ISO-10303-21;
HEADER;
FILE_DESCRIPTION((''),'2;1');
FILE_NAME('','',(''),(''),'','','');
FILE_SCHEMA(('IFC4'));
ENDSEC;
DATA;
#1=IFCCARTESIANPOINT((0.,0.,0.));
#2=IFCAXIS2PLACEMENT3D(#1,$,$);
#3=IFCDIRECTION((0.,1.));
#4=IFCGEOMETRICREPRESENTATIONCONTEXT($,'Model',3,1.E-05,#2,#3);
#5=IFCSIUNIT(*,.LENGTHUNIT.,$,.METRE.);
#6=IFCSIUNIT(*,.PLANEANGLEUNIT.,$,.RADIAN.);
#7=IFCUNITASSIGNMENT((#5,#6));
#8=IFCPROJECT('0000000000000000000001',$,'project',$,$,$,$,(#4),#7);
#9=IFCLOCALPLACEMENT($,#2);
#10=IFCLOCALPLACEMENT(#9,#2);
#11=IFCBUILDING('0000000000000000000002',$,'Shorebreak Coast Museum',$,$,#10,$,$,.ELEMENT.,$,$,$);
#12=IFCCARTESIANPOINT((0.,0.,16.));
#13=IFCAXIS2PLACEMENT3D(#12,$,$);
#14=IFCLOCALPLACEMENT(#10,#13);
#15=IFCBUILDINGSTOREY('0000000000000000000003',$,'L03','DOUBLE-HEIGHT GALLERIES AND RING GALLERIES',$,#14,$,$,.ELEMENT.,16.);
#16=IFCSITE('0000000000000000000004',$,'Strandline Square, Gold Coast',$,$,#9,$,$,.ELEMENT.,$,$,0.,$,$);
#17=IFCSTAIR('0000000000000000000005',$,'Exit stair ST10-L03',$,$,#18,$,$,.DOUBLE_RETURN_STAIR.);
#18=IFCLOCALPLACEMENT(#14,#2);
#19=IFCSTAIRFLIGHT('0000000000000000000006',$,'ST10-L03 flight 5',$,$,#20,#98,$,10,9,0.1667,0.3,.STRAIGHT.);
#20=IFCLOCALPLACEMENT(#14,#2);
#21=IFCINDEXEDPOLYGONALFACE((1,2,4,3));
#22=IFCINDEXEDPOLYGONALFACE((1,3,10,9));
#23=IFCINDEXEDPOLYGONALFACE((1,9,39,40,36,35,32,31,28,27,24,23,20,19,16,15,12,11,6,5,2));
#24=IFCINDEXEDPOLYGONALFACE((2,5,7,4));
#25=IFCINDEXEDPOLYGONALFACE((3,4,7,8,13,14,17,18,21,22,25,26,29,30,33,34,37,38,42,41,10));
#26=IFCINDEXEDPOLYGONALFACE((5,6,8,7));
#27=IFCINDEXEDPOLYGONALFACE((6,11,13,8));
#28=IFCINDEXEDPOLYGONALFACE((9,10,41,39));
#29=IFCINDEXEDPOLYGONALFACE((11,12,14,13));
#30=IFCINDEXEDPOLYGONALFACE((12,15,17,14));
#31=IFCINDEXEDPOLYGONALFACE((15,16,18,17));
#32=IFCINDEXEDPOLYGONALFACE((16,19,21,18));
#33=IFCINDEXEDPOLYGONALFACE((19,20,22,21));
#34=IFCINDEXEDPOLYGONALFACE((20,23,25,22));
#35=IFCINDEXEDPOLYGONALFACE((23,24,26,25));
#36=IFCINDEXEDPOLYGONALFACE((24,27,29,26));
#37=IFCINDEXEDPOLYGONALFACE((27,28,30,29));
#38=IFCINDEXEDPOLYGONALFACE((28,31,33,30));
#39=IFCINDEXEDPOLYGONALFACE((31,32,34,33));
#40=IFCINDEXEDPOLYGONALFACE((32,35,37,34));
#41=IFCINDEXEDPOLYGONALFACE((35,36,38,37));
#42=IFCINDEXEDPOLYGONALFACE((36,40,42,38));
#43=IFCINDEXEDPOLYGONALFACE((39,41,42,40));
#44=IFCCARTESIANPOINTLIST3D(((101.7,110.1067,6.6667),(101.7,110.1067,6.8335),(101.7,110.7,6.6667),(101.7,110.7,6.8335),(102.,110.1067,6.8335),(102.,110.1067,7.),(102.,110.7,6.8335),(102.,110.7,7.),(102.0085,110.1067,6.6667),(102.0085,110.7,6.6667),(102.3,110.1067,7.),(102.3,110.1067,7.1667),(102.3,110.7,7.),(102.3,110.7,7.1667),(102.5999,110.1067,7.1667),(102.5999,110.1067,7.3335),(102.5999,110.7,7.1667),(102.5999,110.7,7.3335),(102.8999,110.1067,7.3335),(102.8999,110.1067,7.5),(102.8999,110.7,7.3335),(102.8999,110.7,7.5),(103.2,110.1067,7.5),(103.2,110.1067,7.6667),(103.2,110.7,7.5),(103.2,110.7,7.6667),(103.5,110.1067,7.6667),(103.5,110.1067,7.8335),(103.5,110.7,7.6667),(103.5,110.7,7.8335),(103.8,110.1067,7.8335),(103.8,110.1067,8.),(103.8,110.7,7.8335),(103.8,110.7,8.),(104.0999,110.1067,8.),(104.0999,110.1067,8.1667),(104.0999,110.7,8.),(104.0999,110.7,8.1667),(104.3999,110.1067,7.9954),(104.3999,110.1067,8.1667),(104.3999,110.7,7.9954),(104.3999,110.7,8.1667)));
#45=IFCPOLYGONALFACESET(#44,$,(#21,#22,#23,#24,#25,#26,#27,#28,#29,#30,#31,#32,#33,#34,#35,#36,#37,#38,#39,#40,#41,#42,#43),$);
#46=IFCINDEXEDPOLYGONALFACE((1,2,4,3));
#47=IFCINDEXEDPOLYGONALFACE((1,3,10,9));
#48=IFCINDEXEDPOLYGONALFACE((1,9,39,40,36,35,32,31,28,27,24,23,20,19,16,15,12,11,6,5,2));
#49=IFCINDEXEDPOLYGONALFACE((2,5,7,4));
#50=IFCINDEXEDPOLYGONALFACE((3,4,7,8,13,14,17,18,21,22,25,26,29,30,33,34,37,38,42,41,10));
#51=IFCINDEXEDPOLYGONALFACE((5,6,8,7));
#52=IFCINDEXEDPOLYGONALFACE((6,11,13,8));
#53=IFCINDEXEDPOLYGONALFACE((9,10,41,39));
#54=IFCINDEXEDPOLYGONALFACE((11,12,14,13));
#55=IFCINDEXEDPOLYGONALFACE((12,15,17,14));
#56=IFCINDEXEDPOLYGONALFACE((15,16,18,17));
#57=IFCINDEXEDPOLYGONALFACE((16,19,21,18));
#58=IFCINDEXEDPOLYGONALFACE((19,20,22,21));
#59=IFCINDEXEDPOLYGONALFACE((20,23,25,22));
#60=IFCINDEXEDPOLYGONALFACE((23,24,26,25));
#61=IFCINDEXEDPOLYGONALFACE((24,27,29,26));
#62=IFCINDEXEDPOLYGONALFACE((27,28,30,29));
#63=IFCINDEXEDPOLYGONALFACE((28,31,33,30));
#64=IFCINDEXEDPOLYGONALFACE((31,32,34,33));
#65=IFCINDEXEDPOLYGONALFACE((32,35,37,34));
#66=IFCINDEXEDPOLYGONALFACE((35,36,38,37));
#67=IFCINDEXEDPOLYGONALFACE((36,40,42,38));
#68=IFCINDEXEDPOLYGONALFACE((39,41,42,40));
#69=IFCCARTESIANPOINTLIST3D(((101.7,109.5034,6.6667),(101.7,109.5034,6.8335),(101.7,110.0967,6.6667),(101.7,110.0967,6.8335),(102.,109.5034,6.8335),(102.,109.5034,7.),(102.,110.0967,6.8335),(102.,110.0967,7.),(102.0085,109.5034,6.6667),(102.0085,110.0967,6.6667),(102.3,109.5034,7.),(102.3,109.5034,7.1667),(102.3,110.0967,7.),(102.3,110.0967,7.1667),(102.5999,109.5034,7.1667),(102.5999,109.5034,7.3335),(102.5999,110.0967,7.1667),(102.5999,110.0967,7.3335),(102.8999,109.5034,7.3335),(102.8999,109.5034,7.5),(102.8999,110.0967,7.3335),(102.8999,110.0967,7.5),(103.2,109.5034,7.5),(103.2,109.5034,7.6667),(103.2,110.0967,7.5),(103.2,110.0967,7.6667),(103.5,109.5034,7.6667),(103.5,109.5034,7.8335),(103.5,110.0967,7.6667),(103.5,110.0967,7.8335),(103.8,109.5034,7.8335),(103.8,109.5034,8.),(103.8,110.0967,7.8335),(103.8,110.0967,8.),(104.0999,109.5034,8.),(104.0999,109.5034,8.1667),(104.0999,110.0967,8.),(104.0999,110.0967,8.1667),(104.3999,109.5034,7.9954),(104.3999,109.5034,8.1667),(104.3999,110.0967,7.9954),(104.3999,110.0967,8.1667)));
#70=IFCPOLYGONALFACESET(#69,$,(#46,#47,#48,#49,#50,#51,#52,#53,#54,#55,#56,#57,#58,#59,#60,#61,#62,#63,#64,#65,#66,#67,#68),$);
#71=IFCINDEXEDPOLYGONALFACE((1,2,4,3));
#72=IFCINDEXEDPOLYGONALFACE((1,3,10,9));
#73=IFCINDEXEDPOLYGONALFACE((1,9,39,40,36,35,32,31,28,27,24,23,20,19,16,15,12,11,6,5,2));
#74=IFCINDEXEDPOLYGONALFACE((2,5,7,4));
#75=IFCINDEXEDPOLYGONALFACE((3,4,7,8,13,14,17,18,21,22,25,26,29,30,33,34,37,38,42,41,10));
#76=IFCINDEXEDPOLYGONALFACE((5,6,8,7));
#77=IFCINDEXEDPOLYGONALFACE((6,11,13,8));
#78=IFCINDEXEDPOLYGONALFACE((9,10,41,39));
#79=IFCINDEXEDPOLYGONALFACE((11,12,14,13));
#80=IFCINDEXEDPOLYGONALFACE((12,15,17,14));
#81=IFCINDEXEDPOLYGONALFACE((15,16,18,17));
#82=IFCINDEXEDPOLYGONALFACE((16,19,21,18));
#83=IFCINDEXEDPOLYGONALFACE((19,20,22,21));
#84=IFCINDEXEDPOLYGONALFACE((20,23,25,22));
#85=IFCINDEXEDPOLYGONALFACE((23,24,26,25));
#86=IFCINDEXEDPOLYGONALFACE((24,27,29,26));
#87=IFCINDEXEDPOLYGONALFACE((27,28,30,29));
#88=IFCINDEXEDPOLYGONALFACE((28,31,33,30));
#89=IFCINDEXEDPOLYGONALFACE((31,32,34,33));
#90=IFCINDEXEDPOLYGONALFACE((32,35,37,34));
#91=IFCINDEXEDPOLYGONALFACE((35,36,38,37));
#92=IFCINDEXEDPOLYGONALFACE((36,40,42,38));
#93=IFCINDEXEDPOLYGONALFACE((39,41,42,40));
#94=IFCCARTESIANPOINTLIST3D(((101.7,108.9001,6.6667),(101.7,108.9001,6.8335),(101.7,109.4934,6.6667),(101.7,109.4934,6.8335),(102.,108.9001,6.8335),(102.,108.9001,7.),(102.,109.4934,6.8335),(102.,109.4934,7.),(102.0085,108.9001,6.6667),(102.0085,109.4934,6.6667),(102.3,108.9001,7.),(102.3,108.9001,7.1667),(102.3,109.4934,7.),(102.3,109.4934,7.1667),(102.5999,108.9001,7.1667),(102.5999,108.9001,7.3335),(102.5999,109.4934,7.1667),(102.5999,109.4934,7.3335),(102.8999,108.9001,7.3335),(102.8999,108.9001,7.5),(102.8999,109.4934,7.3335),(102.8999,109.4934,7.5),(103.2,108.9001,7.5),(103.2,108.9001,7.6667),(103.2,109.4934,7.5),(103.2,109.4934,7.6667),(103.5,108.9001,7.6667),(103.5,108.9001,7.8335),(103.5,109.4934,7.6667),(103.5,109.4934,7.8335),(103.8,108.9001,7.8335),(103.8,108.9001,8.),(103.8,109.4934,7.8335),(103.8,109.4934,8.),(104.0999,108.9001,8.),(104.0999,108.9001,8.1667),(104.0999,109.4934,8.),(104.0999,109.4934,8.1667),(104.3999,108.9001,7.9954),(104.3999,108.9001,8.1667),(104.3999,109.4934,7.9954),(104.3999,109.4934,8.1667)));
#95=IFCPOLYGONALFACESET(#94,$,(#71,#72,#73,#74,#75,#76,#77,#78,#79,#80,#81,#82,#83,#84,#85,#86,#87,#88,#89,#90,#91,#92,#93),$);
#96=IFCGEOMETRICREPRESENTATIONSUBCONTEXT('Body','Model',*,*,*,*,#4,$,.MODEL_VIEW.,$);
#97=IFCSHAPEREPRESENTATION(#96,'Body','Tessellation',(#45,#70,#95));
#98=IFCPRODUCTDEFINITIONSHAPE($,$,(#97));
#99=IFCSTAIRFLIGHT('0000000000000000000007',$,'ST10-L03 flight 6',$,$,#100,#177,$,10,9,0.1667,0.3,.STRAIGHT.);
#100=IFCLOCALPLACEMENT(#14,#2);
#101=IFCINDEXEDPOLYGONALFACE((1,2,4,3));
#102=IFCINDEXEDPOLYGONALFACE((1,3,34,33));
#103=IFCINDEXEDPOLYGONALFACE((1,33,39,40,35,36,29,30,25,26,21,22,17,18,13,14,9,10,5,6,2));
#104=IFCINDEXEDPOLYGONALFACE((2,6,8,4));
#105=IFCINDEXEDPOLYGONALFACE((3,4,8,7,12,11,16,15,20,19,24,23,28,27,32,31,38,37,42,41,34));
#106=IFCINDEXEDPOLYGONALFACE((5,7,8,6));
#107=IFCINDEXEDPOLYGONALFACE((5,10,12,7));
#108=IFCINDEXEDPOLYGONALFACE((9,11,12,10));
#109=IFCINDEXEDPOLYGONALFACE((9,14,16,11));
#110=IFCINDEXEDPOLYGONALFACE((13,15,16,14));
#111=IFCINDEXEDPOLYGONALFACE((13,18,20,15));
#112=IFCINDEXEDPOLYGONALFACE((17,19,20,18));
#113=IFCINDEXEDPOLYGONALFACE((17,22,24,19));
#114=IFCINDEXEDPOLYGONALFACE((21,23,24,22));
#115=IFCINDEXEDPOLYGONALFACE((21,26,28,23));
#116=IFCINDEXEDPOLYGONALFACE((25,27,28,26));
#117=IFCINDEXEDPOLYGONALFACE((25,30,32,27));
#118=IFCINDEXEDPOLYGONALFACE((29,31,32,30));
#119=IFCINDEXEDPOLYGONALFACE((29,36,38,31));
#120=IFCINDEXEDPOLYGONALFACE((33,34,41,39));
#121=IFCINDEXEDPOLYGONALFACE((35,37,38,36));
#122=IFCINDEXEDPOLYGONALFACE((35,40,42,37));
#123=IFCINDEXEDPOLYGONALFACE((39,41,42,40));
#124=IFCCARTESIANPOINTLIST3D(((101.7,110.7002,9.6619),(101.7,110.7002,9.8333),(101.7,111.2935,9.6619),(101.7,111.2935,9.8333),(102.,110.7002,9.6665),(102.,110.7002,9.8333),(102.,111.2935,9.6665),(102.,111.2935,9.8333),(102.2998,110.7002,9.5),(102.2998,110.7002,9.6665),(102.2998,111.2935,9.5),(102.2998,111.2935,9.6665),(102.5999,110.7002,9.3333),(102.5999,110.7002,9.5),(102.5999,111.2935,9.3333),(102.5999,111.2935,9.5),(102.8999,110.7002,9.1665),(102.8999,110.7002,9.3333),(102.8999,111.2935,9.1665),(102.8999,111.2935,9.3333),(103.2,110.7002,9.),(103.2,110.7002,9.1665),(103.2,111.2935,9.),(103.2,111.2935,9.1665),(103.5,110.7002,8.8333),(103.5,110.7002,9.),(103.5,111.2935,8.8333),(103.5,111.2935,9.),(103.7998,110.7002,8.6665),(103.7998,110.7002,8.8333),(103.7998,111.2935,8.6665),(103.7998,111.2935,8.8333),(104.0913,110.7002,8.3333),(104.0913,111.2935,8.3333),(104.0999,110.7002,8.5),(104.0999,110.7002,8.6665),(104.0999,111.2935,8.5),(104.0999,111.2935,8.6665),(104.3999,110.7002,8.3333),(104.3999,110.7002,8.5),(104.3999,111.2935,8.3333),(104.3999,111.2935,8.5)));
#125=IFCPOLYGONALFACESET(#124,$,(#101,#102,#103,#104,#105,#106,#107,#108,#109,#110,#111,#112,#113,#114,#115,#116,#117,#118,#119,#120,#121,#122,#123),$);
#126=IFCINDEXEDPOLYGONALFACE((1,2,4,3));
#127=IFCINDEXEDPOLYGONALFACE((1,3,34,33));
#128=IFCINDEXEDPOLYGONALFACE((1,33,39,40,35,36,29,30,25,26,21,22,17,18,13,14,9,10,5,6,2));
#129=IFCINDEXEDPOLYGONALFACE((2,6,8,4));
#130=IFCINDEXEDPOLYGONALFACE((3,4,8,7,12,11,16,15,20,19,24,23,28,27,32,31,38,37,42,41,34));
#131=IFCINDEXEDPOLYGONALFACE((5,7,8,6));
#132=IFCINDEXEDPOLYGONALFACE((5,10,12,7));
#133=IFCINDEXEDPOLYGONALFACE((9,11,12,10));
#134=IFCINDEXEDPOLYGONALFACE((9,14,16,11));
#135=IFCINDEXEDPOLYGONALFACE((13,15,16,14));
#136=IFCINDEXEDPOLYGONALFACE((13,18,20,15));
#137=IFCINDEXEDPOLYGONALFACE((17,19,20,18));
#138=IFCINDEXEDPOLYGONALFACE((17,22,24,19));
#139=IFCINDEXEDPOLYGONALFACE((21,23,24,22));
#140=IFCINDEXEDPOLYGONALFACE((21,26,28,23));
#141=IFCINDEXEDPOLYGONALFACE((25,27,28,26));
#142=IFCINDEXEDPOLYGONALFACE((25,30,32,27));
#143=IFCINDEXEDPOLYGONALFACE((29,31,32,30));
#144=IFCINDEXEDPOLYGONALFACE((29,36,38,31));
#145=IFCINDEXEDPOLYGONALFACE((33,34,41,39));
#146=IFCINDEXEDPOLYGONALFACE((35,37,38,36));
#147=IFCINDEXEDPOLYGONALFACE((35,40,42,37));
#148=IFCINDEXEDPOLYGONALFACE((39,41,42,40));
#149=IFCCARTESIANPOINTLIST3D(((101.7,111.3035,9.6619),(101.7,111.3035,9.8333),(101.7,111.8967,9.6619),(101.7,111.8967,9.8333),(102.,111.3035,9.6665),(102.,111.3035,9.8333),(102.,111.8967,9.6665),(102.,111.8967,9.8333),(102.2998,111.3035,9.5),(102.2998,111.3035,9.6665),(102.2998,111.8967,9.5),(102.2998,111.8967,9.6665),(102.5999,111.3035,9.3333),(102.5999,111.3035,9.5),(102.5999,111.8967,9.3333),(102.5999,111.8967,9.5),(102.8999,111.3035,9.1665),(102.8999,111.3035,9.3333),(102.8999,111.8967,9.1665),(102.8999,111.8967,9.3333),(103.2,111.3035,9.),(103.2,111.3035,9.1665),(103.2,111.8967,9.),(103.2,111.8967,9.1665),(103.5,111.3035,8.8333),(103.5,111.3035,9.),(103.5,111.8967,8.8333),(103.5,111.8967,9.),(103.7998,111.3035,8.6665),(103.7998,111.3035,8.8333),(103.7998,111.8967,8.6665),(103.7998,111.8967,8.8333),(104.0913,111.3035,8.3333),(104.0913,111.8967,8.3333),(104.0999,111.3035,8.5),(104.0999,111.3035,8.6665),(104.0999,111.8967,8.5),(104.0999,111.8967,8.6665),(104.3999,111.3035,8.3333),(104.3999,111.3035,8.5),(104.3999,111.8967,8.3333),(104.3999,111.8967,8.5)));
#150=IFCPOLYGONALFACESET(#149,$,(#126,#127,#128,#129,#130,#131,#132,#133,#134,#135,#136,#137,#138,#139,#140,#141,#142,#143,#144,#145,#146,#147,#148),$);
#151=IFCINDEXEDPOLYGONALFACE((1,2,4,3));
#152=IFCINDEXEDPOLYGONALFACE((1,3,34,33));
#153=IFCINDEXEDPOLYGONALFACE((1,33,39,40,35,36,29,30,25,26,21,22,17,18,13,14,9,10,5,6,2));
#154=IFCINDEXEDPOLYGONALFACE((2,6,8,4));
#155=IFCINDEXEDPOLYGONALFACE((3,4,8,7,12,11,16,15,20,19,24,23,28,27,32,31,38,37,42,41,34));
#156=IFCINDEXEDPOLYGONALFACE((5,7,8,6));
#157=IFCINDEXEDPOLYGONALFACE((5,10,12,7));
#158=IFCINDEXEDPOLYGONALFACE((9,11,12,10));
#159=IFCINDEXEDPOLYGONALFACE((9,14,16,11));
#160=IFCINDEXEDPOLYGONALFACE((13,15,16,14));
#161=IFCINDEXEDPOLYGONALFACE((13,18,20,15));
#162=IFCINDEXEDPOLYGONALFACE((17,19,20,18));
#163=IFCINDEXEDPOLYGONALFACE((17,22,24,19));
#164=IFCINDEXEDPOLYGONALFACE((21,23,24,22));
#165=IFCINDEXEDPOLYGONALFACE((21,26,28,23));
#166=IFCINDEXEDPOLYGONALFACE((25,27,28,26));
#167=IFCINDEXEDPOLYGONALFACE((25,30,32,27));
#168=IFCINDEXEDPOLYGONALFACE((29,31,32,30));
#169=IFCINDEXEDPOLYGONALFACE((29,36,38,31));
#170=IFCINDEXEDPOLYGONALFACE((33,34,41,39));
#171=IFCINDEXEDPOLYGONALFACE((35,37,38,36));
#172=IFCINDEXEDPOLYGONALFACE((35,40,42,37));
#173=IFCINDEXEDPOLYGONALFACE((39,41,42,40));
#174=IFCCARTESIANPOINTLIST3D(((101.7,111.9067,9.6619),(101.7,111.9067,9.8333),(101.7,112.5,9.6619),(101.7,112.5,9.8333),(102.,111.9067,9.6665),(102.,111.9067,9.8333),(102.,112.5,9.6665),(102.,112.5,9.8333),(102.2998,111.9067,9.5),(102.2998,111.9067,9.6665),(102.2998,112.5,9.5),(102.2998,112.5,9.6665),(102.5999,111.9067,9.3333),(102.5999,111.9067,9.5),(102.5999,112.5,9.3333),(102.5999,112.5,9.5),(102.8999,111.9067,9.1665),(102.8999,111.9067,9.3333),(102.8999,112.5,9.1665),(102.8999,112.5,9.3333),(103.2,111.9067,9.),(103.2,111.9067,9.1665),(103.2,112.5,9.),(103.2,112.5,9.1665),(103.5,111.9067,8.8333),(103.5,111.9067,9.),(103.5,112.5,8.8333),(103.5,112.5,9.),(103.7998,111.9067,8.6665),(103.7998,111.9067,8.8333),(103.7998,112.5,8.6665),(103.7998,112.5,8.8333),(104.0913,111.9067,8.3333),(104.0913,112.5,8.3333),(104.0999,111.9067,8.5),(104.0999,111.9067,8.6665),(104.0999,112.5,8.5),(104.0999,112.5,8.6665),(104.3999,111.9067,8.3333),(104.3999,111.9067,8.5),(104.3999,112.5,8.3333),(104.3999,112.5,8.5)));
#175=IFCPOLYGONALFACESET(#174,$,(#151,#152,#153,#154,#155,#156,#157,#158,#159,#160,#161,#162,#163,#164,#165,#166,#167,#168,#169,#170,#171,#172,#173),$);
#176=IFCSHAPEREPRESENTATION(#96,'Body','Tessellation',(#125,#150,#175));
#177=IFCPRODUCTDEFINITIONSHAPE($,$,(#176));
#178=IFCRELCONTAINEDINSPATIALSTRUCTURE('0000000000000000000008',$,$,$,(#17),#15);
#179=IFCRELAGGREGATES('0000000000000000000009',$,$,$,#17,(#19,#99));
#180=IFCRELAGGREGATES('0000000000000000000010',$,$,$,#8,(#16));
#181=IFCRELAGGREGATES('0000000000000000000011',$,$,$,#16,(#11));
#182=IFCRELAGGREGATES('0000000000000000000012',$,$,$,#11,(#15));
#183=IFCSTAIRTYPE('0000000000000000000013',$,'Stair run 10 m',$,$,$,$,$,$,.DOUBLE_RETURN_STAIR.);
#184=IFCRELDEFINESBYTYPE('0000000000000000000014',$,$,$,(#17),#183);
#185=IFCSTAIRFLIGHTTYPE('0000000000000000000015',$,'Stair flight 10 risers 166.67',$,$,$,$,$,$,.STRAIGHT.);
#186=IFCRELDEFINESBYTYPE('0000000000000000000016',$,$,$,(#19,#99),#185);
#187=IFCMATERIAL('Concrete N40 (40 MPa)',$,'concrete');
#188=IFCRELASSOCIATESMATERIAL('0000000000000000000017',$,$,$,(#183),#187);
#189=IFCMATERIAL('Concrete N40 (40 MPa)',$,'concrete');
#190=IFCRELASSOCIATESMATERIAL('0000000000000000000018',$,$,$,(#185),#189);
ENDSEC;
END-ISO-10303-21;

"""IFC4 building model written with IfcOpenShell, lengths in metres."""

from ifc_helpers import new_model, si_unit, direction, frame, origin, place, context, subcontext, project, spatial, polyline, outline, extrude, material, type_object, element, aggregate, save


model = new_model("IFC4")

# Units and contexts
model_context = context("Model", 3, precision=1e-05, world=origin(), true_north=direction((0.0, 1.0)))
body_context = subcontext(model_context, "Body", "Model", "MODEL_VIEW")
ifc_project = project(units=[si_unit("LENGTHUNIT", "METRE"), si_unit("PLANEANGLEUNIT", "RADIAN")], contexts=[model_context])

# Site, building, storey
site_placement = place(None, origin())
site = spatial("IfcSite", under=ifc_project, at=site_placement, Name="Strandline Square, Gold Coast", CompositionType="ELEMENT", RefElevation=0.0)
building_placement = place(site_placement, origin())
building = spatial("IfcBuilding", under=site, at=building_placement, Name="Shorebreak Coast Museum", CompositionType="ELEMENT")
storey_placement = place(building_placement, frame((0.0, 0.0, 16.0)))
storey = spatial("IfcBuildingStorey", under=building, at=storey_placement, Name="L03", Description="DOUBLE-HEIGHT GALLERIES AND RING GALLERIES", CompositionType="ELEMENT", Elevation=16.0)

# Stair, stair flights
ifc_material_1 = material(Name="Concrete N40 (40 MPa)", Category="concrete")
stair_type = type_object("IfcStairType", Name="Stair run 10 m", PredefinedType="DOUBLE_RETURN_STAIR", material=ifc_material_1)
stair_placement = place(storey_placement, origin())
stair = element("IfcStair", 1, at=stair_placement, inside=storey, type_object=stair_type, Name="Exit stair ST10-L03", PredefinedType="DOUBLE_RETURN_STAIR")
ifc_material_2 = material(Name="Concrete N40 (40 MPa)", Category="concrete")
stair_flight_type = type_object("IfcStairFlightType", Name="Stair flight 10 risers 166.67", PredefinedType="STRAIGHT", material=ifc_material_2)
stair_flight_1_placement = place(storey_placement, frame((101.7, 109.8, 6.6667), z_axis=(0.0, 0.0, 1.0), x_axis=(1.0, 0.0, 0.0)))
stair_flight_1 = element("IfcStairFlight", 2, at=stair_flight_1_placement, type_object=stair_flight_type, Name="ST10-L03 flight 5", NumberOfRisers=10, NumberOfTreads=9, PredefinedType="STRAIGHT", RiserHeight=0.1667, TreadLength=0.3, context=body_context, shape_type="SweptSolid", body=[
    extrude(outline(polyline([(0.0, 0.0), (0.0, 0.1667), (0.3, 0.1667), (0.3, 0.3333), (0.6001, 0.3333), (0.6001, 0.5), (0.8999, 0.5), (0.8999, 0.6667), (1.2, 0.6667), (1.2, 0.8333), (1.5, 0.8333), (1.5, 1.0), (1.8, 1.0), (1.8, 1.1667), (2.1001, 1.1667), (2.1001, 1.3333), (2.3999, 1.3333), (2.3999, 1.5), (2.7, 1.5), (2.7, 1.6667), (2.7, 1.3286), (0.3086, 0.0), (0.0, 0.0)])), frame((0.0, 0.8999, 0.0), z_axis=(0.0, -1.0, 0.0), x_axis=(1.0, 0.0, 0.0)), (0.0, 0.0, 1.0), 0.5933),
    extrude(outline(polyline([(0.0, 0.0), (0.0, 0.1667), (0.3, 0.1667), (0.3, 0.3333), (0.6001, 0.3333), (0.6001, 0.5), (0.8999, 0.5), (0.8999, 0.6667), (1.2, 0.6667), (1.2, 0.8333), (1.5, 0.8333), (1.5, 1.0), (1.8, 1.0), (1.8, 1.1667), (2.1001, 1.1667), (2.1001, 1.3333), (2.3999, 1.3333), (2.3999, 1.5), (2.7, 1.5), (2.7, 1.6667), (2.7, 1.3286), (0.3086, 0.0), (0.0, 0.0)])), frame((0.0, 0.2966, 0.0), z_axis=(0.0, -1.0, 0.0), x_axis=(1.0, 0.0, 0.0)), (0.0, 0.0, 1.0), 0.5933),
    extrude(outline(polyline([(0.0, 0.0), (0.0, 0.1667), (0.3, 0.1667), (0.3, 0.3333), (0.6001, 0.3333), (0.6001, 0.5), (0.8999, 0.5), (0.8999, 0.6667), (1.2, 0.6667), (1.2, 0.8333), (1.5, 0.8333), (1.5, 1.0), (1.8, 1.0), (1.8, 1.1667), (2.1001, 1.1667), (2.1001, 1.3333), (2.3999, 1.3333), (2.3999, 1.5), (2.7, 1.5), (2.7, 1.6667), (2.7, 1.3286), (0.3086, 0.0), (0.0, 0.0)])), frame((0.0, -0.3066, 0.0), z_axis=(0.0, -1.0, 0.0), x_axis=(1.0, 0.0, 0.0)), (0.0, 0.0, 1.0), 0.5933),
])
stair_flight_2_placement = place(storey_placement, frame((104.3999, 111.6001, 8.3333), z_axis=(0.0, 0.0, 1.0), x_axis=(-1.0, 0.0, 0.0)))
stair_flight_2 = element("IfcStairFlight", 3, at=stair_flight_2_placement, type_object=stair_flight_type, Name="ST10-L03 flight 6", NumberOfRisers=10, NumberOfTreads=9, PredefinedType="STRAIGHT", RiserHeight=0.1667, TreadLength=0.3, context=body_context, shape_type="SweptSolid", body=[
    extrude(outline(polyline([(0.0, 0.0), (0.0, 0.1667), (0.3, 0.1667), (0.3, 0.3333), (0.6001, 0.3333), (0.6001, 0.5), (0.8999, 0.5), (0.8999, 0.6667), (1.2, 0.6667), (1.2, 0.8333), (1.5, 0.8333), (1.5, 1.0), (1.8, 1.0), (1.8, 1.1667), (2.1001, 1.1667), (2.1001, 1.3333), (2.3999, 1.3333), (2.3999, 1.5), (2.7, 1.5), (2.7, 1.6667), (2.7, 1.3286), (0.3086, 0.0), (0.0, 0.0)])), frame((0.0, 0.8999, 0.0), z_axis=(0.0, -1.0, 0.0), x_axis=(1.0, 0.0, 0.0)), (0.0, 0.0, 1.0), 0.5933),
    extrude(outline(polyline([(0.0, 0.0), (0.0, 0.1667), (0.3, 0.1667), (0.3, 0.3333), (0.6001, 0.3333), (0.6001, 0.5), (0.8999, 0.5), (0.8999, 0.6667), (1.2, 0.6667), (1.2, 0.8333), (1.5, 0.8333), (1.5, 1.0), (1.8, 1.0), (1.8, 1.1667), (2.1001, 1.1667), (2.1001, 1.3333), (2.3999, 1.3333), (2.3999, 1.5), (2.7, 1.5), (2.7, 1.6667), (2.7, 1.3286), (0.3086, 0.0), (0.0, 0.0)])), frame((0.0, 0.2966, 0.0), z_axis=(0.0, -1.0, 0.0), x_axis=(1.0, 0.0, 0.0)), (0.0, 0.0, 1.0), 0.5933),
    extrude(outline(polyline([(0.0, 0.0), (0.0, 0.1667), (0.3, 0.1667), (0.3, 0.3333), (0.6001, 0.3333), (0.6001, 0.5), (0.8999, 0.5), (0.8999, 0.6667), (1.2, 0.6667), (1.2, 0.8333), (1.5, 0.8333), (1.5, 1.0), (1.8, 1.0), (1.8, 1.1667), (2.1001, 1.1667), (2.1001, 1.3333), (2.3999, 1.3333), (2.3999, 1.5), (2.7, 1.5), (2.7, 1.6667), (2.7, 1.3286), (0.3086, 0.0), (0.0, 0.0)])), frame((0.0, -0.3066, 0.0), z_axis=(0.0, -1.0, 0.0), x_axis=(1.0, 0.0, 0.0)), (0.0, 0.0, 1.0), 0.5933),
])
aggregate(stair, [stair_flight_1, stair_flight_2])

save(model, "model.ifc")
